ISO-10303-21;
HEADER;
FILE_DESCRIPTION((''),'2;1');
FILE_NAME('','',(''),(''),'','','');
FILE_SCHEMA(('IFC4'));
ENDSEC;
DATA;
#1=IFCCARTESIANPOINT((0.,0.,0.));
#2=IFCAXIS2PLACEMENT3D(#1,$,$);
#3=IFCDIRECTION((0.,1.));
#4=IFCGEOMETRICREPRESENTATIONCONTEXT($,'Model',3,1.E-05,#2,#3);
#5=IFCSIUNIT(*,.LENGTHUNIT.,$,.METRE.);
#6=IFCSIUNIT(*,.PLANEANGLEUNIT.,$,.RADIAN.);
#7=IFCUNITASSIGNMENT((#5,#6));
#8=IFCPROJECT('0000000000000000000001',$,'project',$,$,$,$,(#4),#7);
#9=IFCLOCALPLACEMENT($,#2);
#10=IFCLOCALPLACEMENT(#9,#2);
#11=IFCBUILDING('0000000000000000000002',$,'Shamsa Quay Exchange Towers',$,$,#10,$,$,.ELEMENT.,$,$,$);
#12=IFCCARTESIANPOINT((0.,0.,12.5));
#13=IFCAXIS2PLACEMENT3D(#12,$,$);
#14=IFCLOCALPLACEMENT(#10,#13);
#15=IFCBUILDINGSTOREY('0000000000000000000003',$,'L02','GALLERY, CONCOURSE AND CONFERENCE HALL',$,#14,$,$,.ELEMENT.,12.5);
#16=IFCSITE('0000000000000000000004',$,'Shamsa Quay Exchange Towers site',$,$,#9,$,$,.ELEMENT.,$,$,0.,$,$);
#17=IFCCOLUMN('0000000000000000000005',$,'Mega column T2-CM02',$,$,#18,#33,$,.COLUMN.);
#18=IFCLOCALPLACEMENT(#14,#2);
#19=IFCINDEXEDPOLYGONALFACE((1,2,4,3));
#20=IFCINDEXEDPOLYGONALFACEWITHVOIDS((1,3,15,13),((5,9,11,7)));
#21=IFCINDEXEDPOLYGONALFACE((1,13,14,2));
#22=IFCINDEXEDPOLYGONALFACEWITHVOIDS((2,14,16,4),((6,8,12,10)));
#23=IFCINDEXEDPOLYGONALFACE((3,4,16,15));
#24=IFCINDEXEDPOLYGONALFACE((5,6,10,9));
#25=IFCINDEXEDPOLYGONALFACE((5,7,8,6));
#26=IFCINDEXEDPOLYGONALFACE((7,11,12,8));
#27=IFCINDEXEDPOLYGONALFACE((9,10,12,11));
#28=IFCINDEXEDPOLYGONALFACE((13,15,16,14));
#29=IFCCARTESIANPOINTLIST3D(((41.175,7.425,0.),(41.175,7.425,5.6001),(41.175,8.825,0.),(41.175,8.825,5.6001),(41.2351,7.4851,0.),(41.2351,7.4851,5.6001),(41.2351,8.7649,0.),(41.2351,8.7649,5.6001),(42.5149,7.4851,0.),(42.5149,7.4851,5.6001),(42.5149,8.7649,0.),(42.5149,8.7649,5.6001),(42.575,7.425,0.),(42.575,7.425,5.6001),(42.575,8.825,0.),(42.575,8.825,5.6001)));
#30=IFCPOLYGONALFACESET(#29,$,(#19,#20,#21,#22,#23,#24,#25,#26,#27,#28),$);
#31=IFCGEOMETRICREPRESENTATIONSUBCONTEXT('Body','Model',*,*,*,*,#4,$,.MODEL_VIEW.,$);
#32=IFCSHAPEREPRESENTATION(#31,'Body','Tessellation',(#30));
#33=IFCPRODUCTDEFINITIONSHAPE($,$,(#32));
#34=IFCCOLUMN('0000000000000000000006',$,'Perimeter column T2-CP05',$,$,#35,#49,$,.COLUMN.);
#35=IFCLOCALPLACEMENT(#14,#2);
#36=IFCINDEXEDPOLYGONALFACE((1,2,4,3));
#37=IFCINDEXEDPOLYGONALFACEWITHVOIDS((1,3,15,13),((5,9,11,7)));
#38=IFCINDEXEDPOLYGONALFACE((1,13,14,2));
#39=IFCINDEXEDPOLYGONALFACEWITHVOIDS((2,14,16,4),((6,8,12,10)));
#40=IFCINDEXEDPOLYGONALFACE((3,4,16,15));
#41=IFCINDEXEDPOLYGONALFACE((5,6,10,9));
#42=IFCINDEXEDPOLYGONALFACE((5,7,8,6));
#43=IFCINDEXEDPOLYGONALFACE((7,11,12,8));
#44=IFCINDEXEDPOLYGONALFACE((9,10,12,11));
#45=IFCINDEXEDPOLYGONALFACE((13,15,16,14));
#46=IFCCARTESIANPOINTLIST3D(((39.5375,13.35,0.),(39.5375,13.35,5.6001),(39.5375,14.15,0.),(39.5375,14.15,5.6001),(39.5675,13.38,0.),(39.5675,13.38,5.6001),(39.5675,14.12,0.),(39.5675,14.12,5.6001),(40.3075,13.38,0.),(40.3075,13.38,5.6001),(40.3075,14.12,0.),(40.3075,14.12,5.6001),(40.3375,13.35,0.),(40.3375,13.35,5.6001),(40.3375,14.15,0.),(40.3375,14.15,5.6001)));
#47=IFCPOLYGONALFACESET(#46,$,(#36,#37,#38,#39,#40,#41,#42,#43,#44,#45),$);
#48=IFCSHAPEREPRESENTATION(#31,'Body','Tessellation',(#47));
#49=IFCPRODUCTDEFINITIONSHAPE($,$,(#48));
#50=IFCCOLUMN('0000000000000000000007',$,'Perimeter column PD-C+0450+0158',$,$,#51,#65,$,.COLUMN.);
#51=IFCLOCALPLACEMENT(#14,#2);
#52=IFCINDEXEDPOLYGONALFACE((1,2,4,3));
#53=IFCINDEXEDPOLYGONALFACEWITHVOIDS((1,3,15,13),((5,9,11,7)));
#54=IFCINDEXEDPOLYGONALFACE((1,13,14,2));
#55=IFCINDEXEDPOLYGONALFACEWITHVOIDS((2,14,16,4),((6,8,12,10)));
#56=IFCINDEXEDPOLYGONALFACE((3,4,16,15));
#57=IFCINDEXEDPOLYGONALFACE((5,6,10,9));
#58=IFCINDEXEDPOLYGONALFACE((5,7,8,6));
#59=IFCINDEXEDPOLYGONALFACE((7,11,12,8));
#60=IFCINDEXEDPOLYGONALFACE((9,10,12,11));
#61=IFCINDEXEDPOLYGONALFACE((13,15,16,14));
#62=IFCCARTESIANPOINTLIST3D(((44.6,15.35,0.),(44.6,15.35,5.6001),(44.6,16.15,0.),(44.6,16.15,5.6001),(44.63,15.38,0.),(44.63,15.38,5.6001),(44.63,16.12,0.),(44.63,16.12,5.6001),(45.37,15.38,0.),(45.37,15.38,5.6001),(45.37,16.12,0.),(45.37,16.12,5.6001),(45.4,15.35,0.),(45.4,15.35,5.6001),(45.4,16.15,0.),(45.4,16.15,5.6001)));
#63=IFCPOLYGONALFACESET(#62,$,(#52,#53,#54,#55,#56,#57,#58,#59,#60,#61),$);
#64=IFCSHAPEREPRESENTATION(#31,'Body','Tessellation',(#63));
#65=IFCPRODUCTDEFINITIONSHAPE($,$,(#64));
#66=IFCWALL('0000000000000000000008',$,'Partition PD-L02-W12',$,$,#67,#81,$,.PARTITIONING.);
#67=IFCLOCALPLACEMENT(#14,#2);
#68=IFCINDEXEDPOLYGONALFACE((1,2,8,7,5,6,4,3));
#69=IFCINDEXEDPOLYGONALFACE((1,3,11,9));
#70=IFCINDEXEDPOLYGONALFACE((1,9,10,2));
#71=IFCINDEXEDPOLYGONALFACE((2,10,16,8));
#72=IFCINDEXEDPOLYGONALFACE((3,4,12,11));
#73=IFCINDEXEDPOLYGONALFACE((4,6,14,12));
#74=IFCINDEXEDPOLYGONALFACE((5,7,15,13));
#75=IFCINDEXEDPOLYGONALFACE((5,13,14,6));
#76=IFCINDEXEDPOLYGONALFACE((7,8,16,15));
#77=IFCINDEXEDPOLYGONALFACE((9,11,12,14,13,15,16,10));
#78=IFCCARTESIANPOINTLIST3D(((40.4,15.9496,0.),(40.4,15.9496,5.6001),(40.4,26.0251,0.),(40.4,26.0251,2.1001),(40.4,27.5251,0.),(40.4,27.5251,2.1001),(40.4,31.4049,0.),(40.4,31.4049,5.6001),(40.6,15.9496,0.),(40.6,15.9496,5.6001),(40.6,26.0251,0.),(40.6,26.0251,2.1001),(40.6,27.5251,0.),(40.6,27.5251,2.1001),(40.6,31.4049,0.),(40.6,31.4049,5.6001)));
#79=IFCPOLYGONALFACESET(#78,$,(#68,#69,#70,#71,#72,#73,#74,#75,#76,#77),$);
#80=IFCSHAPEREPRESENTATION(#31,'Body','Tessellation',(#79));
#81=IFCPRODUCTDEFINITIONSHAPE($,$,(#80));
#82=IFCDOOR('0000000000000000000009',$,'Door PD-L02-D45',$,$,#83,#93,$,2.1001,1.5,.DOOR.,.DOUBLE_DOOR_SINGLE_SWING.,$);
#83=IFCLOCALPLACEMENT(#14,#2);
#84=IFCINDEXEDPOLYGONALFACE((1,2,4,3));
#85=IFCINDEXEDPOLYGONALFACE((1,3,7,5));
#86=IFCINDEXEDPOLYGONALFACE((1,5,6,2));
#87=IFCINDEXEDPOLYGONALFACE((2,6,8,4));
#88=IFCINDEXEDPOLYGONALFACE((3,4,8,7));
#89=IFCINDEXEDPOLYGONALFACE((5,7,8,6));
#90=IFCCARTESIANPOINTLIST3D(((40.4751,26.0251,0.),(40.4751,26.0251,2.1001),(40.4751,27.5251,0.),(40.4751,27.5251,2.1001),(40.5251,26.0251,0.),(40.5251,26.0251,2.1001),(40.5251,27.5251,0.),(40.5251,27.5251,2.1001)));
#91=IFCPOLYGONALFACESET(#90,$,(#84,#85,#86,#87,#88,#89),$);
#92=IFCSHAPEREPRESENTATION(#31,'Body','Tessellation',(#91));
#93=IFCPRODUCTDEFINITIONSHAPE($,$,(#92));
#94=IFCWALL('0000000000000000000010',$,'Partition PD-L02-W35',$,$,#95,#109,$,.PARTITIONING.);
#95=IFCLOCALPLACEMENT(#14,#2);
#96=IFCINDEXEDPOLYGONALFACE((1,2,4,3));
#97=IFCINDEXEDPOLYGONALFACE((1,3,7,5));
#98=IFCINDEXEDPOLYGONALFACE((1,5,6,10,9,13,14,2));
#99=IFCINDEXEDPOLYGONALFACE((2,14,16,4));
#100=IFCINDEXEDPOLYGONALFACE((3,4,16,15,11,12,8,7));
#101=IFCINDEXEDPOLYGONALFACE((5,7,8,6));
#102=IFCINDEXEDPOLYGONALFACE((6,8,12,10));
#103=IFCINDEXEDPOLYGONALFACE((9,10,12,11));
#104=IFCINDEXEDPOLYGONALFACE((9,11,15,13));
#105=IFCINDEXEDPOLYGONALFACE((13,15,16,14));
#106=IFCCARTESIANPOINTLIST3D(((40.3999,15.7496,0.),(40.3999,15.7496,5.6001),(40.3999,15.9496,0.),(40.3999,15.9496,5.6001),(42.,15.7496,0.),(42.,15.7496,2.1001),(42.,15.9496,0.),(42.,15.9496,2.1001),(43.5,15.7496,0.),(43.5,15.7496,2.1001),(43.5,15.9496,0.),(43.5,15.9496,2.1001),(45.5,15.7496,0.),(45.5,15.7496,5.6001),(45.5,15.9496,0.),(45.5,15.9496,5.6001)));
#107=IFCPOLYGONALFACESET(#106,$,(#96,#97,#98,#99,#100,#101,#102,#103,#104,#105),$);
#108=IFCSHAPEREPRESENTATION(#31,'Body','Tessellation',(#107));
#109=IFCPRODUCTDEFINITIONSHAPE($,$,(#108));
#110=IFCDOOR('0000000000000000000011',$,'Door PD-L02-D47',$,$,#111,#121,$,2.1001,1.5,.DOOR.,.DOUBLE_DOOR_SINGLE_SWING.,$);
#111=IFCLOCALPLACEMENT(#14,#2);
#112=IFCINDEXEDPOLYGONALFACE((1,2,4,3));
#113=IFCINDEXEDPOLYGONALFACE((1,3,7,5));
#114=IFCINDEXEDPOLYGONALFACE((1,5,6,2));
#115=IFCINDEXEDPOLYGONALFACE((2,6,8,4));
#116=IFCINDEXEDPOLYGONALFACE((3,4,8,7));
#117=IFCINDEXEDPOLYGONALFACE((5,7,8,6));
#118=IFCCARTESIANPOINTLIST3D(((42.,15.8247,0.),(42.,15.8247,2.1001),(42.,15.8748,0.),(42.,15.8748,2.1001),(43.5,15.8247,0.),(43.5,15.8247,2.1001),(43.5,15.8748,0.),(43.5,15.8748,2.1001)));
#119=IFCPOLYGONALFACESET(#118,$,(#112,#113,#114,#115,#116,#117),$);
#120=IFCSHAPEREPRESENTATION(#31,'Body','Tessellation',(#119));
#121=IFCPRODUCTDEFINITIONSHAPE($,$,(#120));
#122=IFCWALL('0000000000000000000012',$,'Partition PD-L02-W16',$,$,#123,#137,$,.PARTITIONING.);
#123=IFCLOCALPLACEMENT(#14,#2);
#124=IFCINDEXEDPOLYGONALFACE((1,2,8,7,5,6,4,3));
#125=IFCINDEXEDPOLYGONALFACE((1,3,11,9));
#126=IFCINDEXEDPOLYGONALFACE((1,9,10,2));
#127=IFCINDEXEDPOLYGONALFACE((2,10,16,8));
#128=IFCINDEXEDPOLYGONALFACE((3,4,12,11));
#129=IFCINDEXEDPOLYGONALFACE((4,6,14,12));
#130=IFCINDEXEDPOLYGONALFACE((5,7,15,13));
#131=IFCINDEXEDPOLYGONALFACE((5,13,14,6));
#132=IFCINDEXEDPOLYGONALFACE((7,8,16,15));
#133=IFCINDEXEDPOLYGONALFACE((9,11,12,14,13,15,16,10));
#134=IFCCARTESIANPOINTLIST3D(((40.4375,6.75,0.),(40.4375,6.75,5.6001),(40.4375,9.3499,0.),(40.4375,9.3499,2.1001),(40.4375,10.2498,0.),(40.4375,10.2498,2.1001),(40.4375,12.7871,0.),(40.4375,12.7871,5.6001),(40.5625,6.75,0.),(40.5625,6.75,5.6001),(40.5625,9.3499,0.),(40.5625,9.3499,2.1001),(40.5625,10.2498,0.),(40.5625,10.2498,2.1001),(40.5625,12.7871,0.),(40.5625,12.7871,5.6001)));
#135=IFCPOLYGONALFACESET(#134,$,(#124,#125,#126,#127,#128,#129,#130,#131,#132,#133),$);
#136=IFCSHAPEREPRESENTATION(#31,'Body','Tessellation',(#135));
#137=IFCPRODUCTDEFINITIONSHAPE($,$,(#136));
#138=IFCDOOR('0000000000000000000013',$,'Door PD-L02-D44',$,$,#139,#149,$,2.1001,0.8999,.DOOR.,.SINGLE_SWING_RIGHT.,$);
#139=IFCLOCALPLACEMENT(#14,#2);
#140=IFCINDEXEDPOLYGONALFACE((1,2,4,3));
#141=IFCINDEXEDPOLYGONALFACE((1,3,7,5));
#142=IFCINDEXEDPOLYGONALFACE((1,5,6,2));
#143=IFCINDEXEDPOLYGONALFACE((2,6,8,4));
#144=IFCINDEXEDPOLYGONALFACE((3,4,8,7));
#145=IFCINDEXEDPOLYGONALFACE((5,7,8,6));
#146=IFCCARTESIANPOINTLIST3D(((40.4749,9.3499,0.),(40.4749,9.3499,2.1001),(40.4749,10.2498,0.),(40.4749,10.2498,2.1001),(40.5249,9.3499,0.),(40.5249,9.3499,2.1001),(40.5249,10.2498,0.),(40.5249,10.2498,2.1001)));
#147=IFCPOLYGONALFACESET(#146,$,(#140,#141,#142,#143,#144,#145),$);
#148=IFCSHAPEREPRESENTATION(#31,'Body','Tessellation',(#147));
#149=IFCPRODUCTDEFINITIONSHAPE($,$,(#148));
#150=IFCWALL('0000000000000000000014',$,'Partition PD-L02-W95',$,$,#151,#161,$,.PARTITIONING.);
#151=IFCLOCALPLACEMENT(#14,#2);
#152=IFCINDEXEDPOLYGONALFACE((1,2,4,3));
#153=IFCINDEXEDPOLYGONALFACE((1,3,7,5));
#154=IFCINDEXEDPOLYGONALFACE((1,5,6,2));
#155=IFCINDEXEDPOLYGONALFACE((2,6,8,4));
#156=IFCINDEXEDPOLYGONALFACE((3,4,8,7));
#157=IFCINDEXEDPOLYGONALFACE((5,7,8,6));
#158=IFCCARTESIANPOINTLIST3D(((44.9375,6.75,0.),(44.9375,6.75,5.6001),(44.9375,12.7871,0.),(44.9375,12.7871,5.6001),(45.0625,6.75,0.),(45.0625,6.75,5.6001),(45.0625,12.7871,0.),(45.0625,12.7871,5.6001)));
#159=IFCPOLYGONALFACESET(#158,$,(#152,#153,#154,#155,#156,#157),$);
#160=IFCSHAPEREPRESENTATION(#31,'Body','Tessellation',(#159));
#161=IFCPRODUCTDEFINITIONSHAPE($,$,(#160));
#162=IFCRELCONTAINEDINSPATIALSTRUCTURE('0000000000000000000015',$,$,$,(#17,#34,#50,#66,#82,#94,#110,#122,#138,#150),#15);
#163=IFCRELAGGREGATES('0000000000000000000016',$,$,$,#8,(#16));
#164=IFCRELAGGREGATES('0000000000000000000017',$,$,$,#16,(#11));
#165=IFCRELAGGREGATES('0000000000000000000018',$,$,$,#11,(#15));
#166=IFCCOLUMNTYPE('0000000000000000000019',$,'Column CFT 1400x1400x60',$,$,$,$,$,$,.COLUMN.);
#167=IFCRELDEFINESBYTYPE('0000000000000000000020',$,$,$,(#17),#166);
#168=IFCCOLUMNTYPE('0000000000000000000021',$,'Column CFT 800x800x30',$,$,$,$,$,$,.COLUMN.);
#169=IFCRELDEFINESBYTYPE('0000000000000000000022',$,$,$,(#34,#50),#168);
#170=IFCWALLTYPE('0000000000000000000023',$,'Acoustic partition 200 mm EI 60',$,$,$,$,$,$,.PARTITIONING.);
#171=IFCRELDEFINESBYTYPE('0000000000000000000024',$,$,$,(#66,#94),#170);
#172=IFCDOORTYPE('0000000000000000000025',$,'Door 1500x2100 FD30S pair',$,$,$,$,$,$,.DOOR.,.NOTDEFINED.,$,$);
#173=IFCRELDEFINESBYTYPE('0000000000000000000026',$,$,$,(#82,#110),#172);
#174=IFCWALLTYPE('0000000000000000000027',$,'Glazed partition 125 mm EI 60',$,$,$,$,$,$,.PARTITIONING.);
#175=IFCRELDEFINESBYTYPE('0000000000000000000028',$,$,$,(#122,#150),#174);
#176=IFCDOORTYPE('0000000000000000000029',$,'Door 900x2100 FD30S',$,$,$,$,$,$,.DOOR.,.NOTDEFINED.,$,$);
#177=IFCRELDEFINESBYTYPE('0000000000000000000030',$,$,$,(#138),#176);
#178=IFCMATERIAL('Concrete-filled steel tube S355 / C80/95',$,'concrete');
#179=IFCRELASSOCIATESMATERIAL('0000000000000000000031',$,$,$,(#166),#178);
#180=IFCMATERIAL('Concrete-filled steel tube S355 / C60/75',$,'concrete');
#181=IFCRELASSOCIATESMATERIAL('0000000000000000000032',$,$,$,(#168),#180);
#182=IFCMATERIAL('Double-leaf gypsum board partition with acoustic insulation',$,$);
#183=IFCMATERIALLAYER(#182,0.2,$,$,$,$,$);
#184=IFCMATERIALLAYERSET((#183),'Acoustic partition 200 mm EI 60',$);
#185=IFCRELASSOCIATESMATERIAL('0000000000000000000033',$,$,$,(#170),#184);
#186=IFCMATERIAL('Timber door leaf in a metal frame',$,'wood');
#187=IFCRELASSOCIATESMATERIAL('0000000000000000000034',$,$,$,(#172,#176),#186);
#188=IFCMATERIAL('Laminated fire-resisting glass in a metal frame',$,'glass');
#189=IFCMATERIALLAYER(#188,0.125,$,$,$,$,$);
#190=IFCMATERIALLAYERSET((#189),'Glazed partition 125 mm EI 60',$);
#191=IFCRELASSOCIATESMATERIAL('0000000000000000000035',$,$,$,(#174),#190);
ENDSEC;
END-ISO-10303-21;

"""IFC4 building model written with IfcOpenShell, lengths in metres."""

from ifc_helpers import new_model, si_unit, direction, frame, frame_2d, origin, origin_2d, place, context, subcontext, project, spatial, rectangle, hollow_rectangle, extrude, material, layer, layer_set, material_profile, profile_set, type_object, element, fill, save


model = new_model("IFC4")

# Units and contexts
model_context = context("Model", 3, precision=1e-05, world=origin(), true_north=direction((0.0, 1.0)))
body_context = subcontext(model_context, "Body", "Model", "MODEL_VIEW")
ifc_project = project(units=[si_unit("LENGTHUNIT", "METRE"), si_unit("PLANEANGLEUNIT", "RADIAN")], contexts=[model_context])

# Site, building, storey
site_placement = place(None, origin())
site = spatial("IfcSite", under=ifc_project, at=site_placement, Name="Shamsa Quay Exchange Towers site", CompositionType="ELEMENT", RefElevation=0.0)
building_placement = place(site_placement, origin())
building = spatial("IfcBuilding", under=site, at=building_placement, Name="Shamsa Quay Exchange Towers", CompositionType="ELEMENT")
storey_placement = place(building_placement, frame((0.0, 0.0, 12.5)))
storey = spatial("IfcBuildingStorey", under=building, at=storey_placement, Name="L02", Description="GALLERY, CONCOURSE AND CONFERENCE HALL", CompositionType="ELEMENT", Elevation=12.5)

# Columns
ifc_material_1 = material(Name="Concrete-filled steel tube S355 / C80/95", Category="concrete")
ifc_material_profile_1 = material_profile(ifc_material_1, hollow_rectangle(XDim=1.3999, YDim=1.3999, WallThickness=0.0601, at=origin_2d()), Name="CFT 1400x1400x60")
ifc_profile_set_1 = profile_set([ifc_material_profile_1], Name="Concrete-filled steel tube S355 / C80/95")
column_type_1 = type_object("IfcColumnType", Name="Column CFT 1400x1400x60", PredefinedType="COLUMN", material=ifc_profile_set_1)
column_placement = place(storey_placement, frame((41.875, 8.125, 0.0)))
element("IfcColumn", 1, at=column_placement, inside=storey, type_object=column_type_1, Name="Mega column T2-CM02", PredefinedType="COLUMN", context=body_context, shape_type="SweptSolid", body=[
    extrude(hollow_rectangle(XDim=1.3999, YDim=1.3999, WallThickness=0.0601, at=origin_2d()), origin(), (0.0, 0.0, 1.0), 5.6001),
])
ifc_material_2 = material(Name="Concrete-filled steel tube S355 / C60/75", Category="concrete")
ifc_material_profile_2 = material_profile(ifc_material_2, hollow_rectangle(XDim=0.8, YDim=0.8, WallThickness=0.03, at=origin_2d()), Name="CFT 800x800x30")
ifc_profile_set_2 = profile_set([ifc_material_profile_2], Name="Concrete-filled steel tube S355 / C60/75")
column_type_2 = type_object("IfcColumnType", Name="Column CFT 800x800x30", PredefinedType="COLUMN", material=ifc_profile_set_2)
for number, where, name in (
    (2, (39.9375, 13.75, 0.0), "Perimeter column T2-CP05"),
    (3, (45.0, 15.75, 0.0), "Perimeter column PD-C+0450+0158"),
):
    element("IfcColumn", number, at=place(storey_placement, frame(where)), inside=storey, type_object=column_type_2, Name=name, PredefinedType="COLUMN", context=body_context, shape_type="SweptSolid", body=[
        extrude(hollow_rectangle(XDim=0.8, YDim=0.8, WallThickness=0.03, at=origin_2d()), origin(), (0.0, 0.0, 1.0), 5.6001),
    ])

# Walls, openings, doors
ifc_material_3 = material(Name="Double-leaf gypsum board partition with acoustic insulation")
ifc_layer_1 = layer(ifc_material_3, 0.2)
ifc_layer_set_1 = layer_set([ifc_layer_1], Name="Acoustic partition 200 mm EI 60")
wall_type_1 = type_object("IfcWallType", Name="Acoustic partition 200 mm EI 60", PredefinedType="PARTITIONING", material=ifc_layer_set_1)
wall_1_placement = place(storey_placement, frame((40.5, 15.9497, 0.0), z_axis=(0.0, 0.0, 1.0), x_axis=(0.0, 1.0, 0.0)))
wall_1 = element("IfcWall", 4, at=wall_1_placement, inside=storey, type_object=wall_type_1, Name="Partition PD-L02-W12", PredefinedType="PARTITIONING", context=body_context, shape_type="SweptSolid", body=[
    extrude(rectangle(XDim=15.4553, YDim=0.2, at=frame_2d((7.7275, 0.0))), origin(), (0.0, 0.0, 1.0), 5.6001),
])
opening_1_placement = place(wall_1_placement, frame((10.0754, 0.0, 0.0)))
opening_1 = element("IfcOpeningElement", 5, at=opening_1_placement, cuts=wall_1, PredefinedType="OPENING", context=body_context, shape_type="SweptSolid", body=[
    extrude(rectangle(XDim=1.5, YDim=2.1001, at=frame_2d((0.75, 1.05))), frame((0.0, 0.1099, 0.0), z_axis=(0.0, -1.0, 0.0), x_axis=(1.0, 0.0, 0.0)), (0.0, 0.0, 1.0), 0.22),
])
ifc_material_4 = material(Name="Timber door leaf in a metal frame", Category="wood")
door_type_1 = type_object("IfcDoorType", Name="Door 1500x2100 FD30S pair", OperationType="NOTDEFINED", PredefinedType="DOOR", material=ifc_material_4)
door_1_placement = place(opening_1_placement, origin())
door_1 = element("IfcDoor", 6, at=door_1_placement, inside=storey, type_object=door_type_1, Name="Door PD-L02-D45", OperationType="DOUBLE_DOOR_SINGLE_SWING", OverallHeight=2.1001, OverallWidth=1.5, PredefinedType="DOOR", context=body_context, shape_type="SweptSolid", body=[
    extrude(rectangle(XDim=1.5, YDim=2.1001, at=frame_2d((0.75, 1.05))), frame((0.0, 0.0249, 0.0), z_axis=(0.0, -1.0, 0.0), x_axis=(1.0, 0.0, 0.0)), (0.0, 0.0, 1.0), 0.05),
])
fill(opening_1, door_1)
wall_2_placement = place(storey_placement, frame((45.5, 15.8496, 0.0), z_axis=(0.0, 0.0, 1.0), x_axis=(-1.0, 0.0, 0.0)))
wall_2 = element("IfcWall", 7, at=wall_2_placement, inside=storey, type_object=wall_type_1, Name="Partition PD-L02-W35", PredefinedType="PARTITIONING", context=body_context, shape_type="SweptSolid", body=[
    extrude(rectangle(XDim=5.1001, YDim=0.2, at=frame_2d((2.55, 0.0))), origin(), (0.0, 0.0, 1.0), 5.6001),
])
opening_2_placement = place(wall_2_placement, frame((2.0, 0.0, 0.0)))
opening_2 = element("IfcOpeningElement", 8, at=opening_2_placement, cuts=wall_2, PredefinedType="OPENING", context=body_context, shape_type="SweptSolid", body=[
    extrude(rectangle(XDim=1.5, YDim=2.1001, at=frame_2d((0.75, 1.05))), frame((0.0, 0.1099, 0.0), z_axis=(0.0, -1.0, 0.0), x_axis=(1.0, 0.0, 0.0)), (0.0, 0.0, 1.0), 0.22),
])
door_2_placement = place(opening_2_placement, origin())
door_2 = element("IfcDoor", 9, at=door_2_placement, inside=storey, type_object=door_type_1, Name="Door PD-L02-D47", OperationType="DOUBLE_DOOR_SINGLE_SWING", OverallHeight=2.1001, OverallWidth=1.5, PredefinedType="DOOR", context=body_context, shape_type="SweptSolid", body=[
    extrude(rectangle(XDim=1.5, YDim=2.1001, at=frame_2d((0.75, 1.05))), frame((0.0, 0.0249, 0.0), z_axis=(0.0, -1.0, 0.0), x_axis=(1.0, 0.0, 0.0)), (0.0, 0.0, 1.0), 0.05),
])
fill(opening_2, door_2)
ifc_material_5 = material(Name="Laminated fire-resisting glass in a metal frame", Category="glass")
ifc_layer_2 = layer(ifc_material_5, 0.125)
ifc_layer_set_2 = layer_set([ifc_layer_2], Name="Glazed partition 125 mm EI 60")
wall_type_2 = type_object("IfcWallType", Name="Glazed partition 125 mm EI 60", PredefinedType="PARTITIONING", material=ifc_layer_set_2)
wall_3_placement = place(storey_placement, frame((40.5, 12.7871, 0.0), z_axis=(0.0, 0.0, 1.0), x_axis=(0.0, -1.0, 0.0)))
wall_3 = element("IfcWall", 10, at=wall_3_placement, inside=storey, type_object=wall_type_2, Name="Partition PD-L02-W16", PredefinedType="PARTITIONING", context=body_context, shape_type="SweptSolid", body=[
    extrude(rectangle(XDim=6.0371, YDim=0.125, at=frame_2d((3.0186, 0.0))), origin(), (0.0, 0.0, 1.0), 5.6001),
])
opening_3_placement = place(wall_3_placement, frame((2.5374, 0.0, 0.0)))
opening_3 = element("IfcOpeningElement", 11, at=opening_3_placement, cuts=wall_3, PredefinedType="OPENING", context=body_context, shape_type="SweptSolid", body=[
    extrude(rectangle(XDim=0.8999, YDim=2.1001, at=frame_2d((0.45, 1.05))), frame((0.0, 0.0725, 0.0), z_axis=(0.0, -1.0, 0.0), x_axis=(1.0, 0.0, 0.0)), (0.0, 0.0, 1.0), 0.145),
])
door_type_2 = type_object("IfcDoorType", Name="Door 900x2100 FD30S", OperationType="NOTDEFINED", PredefinedType="DOOR", material=ifc_material_4)
door_3_placement = place(opening_3_placement, origin())
door_3 = element("IfcDoor", 12, at=door_3_placement, inside=storey, type_object=door_type_2, Name="Door PD-L02-D44", OperationType="SINGLE_SWING_RIGHT", OverallHeight=2.1001, OverallWidth=0.8999, PredefinedType="DOOR", context=body_context, shape_type="SweptSolid", body=[
    extrude(rectangle(XDim=0.8999, YDim=2.1001, at=frame_2d((0.45, 1.05))), frame((0.0, 0.0249, 0.0), z_axis=(0.0, -1.0, 0.0), x_axis=(1.0, 0.0, 0.0)), (0.0, 0.0, 1.0), 0.05),
])
fill(opening_3, door_3)

# Wall
wall_4_placement = place(storey_placement, frame((45.0, 12.7871, 0.0), z_axis=(0.0, 0.0, 1.0), x_axis=(0.0, -1.0, 0.0)))
element("IfcWall", 13, at=wall_4_placement, inside=storey, type_object=wall_type_2, Name="Partition PD-L02-W95", PredefinedType="PARTITIONING", context=body_context, shape_type="SweptSolid", body=[
    extrude(rectangle(XDim=6.0371, YDim=0.125, at=frame_2d((3.0186, 0.0))), origin(), (0.0, 0.0, 1.0), 5.6001),
])

save(model, "model.ifc")
